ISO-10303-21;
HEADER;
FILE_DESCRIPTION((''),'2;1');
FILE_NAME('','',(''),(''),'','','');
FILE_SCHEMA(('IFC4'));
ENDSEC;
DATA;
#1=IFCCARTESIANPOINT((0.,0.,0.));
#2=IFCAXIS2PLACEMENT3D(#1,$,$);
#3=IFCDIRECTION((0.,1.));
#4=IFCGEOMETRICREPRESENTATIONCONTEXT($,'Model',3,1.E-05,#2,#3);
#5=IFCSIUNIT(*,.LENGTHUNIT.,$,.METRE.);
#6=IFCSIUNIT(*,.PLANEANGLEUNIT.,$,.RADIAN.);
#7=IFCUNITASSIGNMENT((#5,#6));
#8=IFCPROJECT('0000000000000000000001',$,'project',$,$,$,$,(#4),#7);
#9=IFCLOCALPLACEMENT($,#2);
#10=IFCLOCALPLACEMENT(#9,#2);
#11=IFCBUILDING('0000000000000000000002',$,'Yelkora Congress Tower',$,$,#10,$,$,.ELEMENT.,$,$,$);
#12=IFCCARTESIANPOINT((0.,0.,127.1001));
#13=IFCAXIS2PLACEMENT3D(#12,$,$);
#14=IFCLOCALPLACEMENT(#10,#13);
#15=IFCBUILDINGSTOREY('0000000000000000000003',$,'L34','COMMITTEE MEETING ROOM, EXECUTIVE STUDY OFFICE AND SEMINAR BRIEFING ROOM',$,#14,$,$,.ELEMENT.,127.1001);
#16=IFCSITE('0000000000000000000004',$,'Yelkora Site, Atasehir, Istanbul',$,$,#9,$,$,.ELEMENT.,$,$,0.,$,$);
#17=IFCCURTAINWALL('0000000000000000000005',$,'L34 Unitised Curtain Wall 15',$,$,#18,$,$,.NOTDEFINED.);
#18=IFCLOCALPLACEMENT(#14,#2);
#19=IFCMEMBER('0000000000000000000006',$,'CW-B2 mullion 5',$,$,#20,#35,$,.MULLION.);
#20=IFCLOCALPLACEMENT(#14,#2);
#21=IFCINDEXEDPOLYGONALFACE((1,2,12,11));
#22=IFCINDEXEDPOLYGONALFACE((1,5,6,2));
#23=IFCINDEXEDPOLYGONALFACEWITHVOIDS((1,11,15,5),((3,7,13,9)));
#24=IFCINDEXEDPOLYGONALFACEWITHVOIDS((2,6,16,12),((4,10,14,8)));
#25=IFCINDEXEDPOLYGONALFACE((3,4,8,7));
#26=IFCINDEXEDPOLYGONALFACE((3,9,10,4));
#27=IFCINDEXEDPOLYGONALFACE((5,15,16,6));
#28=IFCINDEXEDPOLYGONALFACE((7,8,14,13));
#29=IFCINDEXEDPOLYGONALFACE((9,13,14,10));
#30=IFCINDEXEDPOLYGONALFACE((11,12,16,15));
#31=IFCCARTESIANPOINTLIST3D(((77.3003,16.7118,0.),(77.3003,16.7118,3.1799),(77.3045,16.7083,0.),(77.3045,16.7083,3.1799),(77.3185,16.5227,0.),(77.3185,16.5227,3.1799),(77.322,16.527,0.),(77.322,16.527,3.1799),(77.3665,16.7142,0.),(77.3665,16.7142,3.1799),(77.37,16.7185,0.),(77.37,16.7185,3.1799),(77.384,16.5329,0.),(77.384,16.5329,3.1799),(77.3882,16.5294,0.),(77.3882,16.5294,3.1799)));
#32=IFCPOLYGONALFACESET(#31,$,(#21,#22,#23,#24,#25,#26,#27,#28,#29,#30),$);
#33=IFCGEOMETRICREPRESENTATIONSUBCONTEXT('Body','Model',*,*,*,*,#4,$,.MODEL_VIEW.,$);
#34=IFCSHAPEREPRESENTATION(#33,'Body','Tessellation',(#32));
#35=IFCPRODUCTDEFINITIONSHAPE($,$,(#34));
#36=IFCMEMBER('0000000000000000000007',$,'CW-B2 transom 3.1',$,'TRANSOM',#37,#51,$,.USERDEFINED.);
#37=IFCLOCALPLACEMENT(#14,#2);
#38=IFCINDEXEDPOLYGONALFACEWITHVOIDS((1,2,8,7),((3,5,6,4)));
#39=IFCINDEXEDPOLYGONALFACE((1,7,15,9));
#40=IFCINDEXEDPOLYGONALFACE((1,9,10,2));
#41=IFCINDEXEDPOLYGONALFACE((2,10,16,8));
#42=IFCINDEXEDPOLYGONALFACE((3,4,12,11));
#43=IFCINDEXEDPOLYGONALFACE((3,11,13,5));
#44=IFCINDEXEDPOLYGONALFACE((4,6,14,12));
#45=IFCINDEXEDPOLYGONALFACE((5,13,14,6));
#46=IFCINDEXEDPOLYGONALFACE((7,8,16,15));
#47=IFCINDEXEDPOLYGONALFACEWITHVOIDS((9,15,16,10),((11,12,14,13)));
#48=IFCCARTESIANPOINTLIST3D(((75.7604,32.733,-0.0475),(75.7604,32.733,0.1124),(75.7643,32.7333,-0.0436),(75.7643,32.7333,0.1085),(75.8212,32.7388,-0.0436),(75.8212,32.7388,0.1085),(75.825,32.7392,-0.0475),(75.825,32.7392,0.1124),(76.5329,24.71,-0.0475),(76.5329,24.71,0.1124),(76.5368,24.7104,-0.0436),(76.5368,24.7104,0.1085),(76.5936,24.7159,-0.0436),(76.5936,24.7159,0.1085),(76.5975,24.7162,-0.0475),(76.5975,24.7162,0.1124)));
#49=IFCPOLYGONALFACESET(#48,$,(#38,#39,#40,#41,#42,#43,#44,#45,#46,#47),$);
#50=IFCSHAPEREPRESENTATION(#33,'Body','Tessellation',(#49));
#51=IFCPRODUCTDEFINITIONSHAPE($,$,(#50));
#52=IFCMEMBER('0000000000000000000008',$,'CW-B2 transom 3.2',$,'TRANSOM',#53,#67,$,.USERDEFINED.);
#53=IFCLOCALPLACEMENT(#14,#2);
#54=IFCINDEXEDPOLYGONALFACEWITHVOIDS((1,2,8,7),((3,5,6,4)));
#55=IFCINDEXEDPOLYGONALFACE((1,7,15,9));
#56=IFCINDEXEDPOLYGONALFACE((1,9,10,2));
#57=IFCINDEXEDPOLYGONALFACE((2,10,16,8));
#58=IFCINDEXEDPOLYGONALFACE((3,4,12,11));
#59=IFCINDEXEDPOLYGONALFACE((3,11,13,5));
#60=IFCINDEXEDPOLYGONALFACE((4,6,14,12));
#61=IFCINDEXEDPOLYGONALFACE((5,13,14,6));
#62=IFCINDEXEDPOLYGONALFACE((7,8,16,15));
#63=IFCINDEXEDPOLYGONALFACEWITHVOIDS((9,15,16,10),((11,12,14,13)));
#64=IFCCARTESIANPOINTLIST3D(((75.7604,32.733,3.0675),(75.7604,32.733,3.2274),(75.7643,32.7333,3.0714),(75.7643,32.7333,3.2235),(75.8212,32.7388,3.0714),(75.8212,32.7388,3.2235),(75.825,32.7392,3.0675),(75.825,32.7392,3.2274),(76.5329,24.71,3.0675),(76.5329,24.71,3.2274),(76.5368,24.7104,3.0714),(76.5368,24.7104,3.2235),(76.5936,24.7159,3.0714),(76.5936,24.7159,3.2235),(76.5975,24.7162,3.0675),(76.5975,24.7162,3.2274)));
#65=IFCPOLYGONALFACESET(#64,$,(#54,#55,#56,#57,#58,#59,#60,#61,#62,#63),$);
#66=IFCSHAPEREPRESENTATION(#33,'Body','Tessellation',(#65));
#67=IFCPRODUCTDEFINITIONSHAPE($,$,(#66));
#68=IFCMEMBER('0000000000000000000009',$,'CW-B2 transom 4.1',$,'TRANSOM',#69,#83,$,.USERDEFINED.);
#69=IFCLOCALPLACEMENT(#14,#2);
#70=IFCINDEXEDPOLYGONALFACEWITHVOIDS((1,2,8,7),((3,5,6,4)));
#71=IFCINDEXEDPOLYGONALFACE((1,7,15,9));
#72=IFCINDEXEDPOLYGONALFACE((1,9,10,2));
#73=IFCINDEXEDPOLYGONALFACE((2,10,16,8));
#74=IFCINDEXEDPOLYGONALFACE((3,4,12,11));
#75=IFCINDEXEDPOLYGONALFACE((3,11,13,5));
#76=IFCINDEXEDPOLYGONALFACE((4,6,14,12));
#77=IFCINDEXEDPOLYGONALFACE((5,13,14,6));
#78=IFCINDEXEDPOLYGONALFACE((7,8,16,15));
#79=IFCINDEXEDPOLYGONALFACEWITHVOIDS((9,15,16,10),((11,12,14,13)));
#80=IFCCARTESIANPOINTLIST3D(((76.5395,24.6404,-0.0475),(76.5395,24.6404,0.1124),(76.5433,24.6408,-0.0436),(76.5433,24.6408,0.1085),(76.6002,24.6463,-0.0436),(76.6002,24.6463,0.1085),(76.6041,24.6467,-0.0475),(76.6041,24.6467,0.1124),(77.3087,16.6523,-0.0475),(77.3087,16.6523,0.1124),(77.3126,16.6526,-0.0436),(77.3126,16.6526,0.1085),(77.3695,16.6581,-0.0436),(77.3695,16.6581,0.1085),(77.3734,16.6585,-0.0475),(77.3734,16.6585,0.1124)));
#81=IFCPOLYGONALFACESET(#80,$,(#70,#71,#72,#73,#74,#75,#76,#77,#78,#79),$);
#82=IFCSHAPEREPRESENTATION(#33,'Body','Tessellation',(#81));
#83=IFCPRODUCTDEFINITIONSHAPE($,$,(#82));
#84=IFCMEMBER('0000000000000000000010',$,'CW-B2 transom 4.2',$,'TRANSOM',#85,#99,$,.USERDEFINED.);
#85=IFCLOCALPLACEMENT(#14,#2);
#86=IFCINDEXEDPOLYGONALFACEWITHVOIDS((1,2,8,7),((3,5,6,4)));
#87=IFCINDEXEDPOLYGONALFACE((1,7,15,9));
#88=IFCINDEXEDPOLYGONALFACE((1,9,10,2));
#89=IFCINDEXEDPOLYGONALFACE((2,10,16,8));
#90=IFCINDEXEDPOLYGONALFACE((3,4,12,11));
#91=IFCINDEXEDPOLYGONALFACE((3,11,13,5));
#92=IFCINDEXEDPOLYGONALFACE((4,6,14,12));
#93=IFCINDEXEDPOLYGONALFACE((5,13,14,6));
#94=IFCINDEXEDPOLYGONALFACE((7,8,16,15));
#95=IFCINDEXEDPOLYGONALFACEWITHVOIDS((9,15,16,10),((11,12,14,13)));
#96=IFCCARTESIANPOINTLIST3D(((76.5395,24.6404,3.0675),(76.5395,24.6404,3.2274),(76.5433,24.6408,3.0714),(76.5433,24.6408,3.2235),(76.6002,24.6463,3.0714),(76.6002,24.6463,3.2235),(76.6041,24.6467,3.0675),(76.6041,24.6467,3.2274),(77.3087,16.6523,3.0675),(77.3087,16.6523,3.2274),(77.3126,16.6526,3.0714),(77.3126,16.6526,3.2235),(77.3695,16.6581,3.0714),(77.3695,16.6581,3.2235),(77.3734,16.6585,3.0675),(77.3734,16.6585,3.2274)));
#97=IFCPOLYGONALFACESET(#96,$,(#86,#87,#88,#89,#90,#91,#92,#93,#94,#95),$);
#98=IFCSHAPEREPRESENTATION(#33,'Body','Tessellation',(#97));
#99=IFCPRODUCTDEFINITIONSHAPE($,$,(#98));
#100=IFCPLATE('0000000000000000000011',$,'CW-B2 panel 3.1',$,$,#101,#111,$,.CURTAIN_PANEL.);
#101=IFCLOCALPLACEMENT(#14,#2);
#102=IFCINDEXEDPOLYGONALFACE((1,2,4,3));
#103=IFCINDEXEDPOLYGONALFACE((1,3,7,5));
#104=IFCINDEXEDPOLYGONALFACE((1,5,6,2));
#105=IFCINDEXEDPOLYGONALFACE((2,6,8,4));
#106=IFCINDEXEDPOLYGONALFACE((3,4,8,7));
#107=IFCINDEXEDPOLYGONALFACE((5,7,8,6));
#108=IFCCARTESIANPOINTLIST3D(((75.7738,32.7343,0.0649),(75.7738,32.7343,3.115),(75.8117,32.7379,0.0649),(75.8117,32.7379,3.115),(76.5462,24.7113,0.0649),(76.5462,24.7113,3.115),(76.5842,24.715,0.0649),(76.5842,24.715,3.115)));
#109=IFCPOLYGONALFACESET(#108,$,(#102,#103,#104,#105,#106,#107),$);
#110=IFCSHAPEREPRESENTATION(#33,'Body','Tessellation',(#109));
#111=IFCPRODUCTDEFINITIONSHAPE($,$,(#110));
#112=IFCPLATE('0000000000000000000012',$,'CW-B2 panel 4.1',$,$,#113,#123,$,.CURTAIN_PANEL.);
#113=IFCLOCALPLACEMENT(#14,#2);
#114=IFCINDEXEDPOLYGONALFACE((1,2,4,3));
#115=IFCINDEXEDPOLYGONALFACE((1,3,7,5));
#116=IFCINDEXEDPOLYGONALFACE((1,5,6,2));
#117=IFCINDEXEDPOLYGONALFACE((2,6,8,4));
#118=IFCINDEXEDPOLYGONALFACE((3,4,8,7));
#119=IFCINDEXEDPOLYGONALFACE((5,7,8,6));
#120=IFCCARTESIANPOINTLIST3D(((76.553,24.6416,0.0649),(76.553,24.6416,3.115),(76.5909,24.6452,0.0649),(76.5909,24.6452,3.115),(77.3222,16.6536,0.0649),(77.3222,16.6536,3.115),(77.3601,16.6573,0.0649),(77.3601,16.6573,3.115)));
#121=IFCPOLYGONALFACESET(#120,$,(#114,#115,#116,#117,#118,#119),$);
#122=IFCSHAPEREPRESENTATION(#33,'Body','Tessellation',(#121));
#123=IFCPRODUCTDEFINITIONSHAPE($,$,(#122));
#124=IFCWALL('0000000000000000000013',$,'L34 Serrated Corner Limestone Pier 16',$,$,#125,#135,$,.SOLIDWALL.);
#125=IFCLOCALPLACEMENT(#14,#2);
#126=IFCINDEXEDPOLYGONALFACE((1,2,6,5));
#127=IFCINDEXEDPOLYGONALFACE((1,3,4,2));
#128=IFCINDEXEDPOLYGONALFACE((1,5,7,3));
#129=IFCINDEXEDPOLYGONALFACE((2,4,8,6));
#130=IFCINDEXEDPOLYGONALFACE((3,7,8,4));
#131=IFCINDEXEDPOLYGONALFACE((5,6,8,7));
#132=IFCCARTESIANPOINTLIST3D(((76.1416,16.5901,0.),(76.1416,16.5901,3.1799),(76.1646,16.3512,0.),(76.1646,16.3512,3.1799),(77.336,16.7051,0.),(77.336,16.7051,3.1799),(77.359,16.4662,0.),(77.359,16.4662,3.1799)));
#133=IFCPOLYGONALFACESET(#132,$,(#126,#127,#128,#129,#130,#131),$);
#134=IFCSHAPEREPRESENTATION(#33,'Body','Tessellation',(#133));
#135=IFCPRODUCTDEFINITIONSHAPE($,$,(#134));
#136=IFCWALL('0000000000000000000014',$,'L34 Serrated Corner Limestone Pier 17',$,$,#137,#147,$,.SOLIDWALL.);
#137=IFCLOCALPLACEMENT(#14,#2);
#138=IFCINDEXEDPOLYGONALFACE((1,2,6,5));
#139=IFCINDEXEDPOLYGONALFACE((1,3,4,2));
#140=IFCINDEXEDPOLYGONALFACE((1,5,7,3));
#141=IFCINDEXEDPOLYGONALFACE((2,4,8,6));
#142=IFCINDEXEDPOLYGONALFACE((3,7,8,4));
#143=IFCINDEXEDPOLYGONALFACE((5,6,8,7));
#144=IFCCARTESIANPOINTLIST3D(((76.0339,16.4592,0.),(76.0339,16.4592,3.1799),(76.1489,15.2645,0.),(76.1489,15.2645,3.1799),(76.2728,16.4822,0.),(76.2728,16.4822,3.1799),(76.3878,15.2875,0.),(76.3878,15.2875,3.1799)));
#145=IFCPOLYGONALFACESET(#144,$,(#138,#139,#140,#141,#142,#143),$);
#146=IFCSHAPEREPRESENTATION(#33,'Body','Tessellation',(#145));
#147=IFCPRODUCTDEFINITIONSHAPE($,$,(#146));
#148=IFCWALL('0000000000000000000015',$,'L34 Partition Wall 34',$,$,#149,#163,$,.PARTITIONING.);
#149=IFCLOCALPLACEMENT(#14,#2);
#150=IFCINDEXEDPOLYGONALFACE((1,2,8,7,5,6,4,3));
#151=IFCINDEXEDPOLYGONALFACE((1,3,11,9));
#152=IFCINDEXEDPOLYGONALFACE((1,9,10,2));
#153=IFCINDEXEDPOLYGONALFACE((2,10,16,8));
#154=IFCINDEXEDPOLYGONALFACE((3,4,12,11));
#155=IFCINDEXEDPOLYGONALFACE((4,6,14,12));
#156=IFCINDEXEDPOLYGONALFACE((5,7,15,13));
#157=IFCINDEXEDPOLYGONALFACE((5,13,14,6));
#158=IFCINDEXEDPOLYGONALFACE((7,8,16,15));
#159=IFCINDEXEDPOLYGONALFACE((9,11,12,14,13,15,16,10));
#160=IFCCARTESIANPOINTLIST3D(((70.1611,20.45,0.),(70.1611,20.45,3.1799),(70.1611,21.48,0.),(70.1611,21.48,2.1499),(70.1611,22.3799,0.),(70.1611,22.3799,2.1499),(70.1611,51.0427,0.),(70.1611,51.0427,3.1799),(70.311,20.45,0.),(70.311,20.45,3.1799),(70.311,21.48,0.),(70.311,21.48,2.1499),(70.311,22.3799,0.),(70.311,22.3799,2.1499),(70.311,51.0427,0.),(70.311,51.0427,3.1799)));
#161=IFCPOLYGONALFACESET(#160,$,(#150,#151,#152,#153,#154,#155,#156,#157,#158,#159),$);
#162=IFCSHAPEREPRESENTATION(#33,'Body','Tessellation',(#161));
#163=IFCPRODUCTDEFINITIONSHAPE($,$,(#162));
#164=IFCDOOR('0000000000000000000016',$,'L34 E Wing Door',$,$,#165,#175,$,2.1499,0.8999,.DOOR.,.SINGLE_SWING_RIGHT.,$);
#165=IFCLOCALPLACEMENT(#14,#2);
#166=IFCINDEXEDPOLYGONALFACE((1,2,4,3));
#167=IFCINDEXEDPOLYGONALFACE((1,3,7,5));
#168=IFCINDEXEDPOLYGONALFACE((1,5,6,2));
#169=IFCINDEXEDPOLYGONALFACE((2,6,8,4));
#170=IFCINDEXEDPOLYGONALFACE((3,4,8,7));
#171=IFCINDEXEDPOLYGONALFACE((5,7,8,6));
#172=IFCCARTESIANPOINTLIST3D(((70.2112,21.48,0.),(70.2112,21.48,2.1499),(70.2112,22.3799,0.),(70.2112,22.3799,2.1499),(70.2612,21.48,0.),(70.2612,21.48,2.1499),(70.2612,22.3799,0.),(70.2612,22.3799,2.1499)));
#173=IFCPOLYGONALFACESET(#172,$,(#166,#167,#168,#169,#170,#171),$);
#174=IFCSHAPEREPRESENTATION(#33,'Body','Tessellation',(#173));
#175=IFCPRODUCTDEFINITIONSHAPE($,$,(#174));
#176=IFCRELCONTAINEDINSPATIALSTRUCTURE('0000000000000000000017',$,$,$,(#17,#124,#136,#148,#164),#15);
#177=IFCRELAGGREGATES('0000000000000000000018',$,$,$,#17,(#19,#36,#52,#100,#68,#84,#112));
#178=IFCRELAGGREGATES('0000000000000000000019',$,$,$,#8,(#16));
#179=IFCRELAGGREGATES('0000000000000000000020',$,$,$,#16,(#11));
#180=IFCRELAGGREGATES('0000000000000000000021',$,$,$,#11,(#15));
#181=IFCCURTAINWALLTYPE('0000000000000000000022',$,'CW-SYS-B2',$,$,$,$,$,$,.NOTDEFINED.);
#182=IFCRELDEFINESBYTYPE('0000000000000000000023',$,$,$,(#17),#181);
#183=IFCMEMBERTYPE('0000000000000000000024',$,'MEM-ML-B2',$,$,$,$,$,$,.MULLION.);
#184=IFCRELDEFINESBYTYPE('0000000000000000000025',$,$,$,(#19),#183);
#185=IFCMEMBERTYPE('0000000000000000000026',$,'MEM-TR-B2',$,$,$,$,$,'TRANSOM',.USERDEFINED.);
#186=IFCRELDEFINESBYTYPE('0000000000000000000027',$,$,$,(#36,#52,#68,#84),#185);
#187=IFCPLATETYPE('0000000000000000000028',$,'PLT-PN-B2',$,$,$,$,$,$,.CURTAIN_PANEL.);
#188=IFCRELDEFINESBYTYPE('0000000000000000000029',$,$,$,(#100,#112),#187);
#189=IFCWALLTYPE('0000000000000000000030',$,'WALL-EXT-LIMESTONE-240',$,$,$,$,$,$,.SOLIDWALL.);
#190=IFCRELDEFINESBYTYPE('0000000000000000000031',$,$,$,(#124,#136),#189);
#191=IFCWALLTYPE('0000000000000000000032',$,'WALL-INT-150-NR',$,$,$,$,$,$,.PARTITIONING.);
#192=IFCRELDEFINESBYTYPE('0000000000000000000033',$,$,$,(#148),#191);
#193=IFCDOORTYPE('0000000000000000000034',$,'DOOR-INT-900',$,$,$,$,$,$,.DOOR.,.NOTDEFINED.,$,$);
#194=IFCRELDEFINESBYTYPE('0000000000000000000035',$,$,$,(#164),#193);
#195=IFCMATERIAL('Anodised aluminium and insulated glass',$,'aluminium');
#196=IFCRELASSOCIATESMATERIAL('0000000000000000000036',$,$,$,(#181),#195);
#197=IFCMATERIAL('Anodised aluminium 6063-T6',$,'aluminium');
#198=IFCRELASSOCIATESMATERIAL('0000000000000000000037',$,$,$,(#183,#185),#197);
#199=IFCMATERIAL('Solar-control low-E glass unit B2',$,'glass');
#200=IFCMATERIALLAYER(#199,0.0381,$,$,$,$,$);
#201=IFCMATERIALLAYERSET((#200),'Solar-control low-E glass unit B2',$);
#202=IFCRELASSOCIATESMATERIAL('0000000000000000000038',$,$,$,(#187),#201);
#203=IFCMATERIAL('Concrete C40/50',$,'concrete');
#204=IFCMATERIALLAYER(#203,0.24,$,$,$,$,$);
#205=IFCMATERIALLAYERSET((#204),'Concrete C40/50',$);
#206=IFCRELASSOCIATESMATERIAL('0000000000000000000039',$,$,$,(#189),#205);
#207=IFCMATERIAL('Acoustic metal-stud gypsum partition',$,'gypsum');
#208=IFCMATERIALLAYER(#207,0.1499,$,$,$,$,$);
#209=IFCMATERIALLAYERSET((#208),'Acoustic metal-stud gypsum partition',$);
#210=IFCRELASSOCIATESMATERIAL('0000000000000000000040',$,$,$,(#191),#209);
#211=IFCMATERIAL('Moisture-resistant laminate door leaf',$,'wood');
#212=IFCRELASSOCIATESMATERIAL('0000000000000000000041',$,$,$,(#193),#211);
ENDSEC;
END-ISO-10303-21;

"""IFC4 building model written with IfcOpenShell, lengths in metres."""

from ifc_helpers import new_model, si_unit, direction, frame, frame_2d, origin, origin_2d, place, context, subcontext, project, spatial, rectangle, hollow_rectangle, extrude, material, layer, layer_set, material_profile, profile_set, type_object, element, fill, aggregate, save


model = new_model("IFC4")

# Units and contexts
model_context = context("Model", 3, precision=1e-05, world=origin(), true_north=direction((0.0, 1.0)))
body_context = subcontext(model_context, "Body", "Model", "MODEL_VIEW")
ifc_project = project(units=[si_unit("LENGTHUNIT", "METRE"), si_unit("PLANEANGLEUNIT", "RADIAN")], contexts=[model_context])

# Site, building, storey
site_placement = place(None, origin())
site = spatial("IfcSite", under=ifc_project, at=site_placement, Name="Yelkora Site, Atasehir, Istanbul", CompositionType="ELEMENT", RefElevation=0.0)
building_placement = place(site_placement, origin())
building = spatial("IfcBuilding", under=site, at=building_placement, Name="Yelkora Congress Tower", CompositionType="ELEMENT")
storey_placement = place(building_placement, frame((0.0, 0.0, 127.1001)))
storey = spatial("IfcBuildingStorey", under=building, at=storey_placement, Name="L34", Description="COMMITTEE MEETING ROOM, EXECUTIVE STUDY OFFICE AND SEMINAR BRIEFING ROOM", CompositionType="ELEMENT", Elevation=127.1001)

# Curtain wall, members, plates
ifc_material_1 = material(Name="Anodised aluminium and insulated glass", Category="aluminium")
curtain_wall_type = type_object("IfcCurtainWallType", Name="CW-SYS-B2", PredefinedType="NOTDEFINED", material=ifc_material_1)
curtain_wall_placement = place(storey_placement, origin())
curtain_wall = element("IfcCurtainWall", 1, at=curtain_wall_placement, inside=storey, type_object=curtain_wall_type, Name="L34 Unitised Curtain Wall 15", PredefinedType="NOTDEFINED")
ifc_material_2 = material(Name="Anodised aluminium 6063-T6", Category="aluminium")
ifc_material_profile_1 = material_profile(ifc_material_2, hollow_rectangle(XDim=0.0701, YDim=0.1899, WallThickness=0.0039, at=origin_2d()), Name="ALU 70x190x4")
ifc_profile_set_1 = profile_set([ifc_material_profile_1], Name="Anodised aluminium 6063-T6")
member_type_1 = type_object("IfcMemberType", Name="MEM-ML-B2", PredefinedType="MULLION", material=ifc_profile_set_1)
member_1_placement = place(storey_placement, frame((77.3442, 16.6206, 0.0), z_axis=(0.0, 0.0, 1.0), x_axis=(0.995397, 0.095843, 0.0)))
member_1 = element("IfcMember", 2, at=member_1_placement, type_object=member_type_1, Name="CW-B2 mullion 5", PredefinedType="MULLION", context=body_context, shape_type="SweptSolid", body=[
    extrude(hollow_rectangle(XDim=0.0701, YDim=0.1899, WallThickness=0.0039, at=origin_2d()), origin(), (0.0, 0.0, 1.0), 3.1799),
])
ifc_material_profile_2 = material_profile(ifc_material_2, hollow_rectangle(XDim=0.0649, YDim=0.1599, WallThickness=0.0039, at=origin_2d()), Name="ALU 65x160x4")
ifc_profile_set_2 = profile_set([ifc_material_profile_2], Name="Anodised aluminium 6063-T6")
member_type_2 = type_object("IfcMemberType", Name="MEM-TR-B2", ElementType="TRANSOM", PredefinedType="USERDEFINED", material=ifc_profile_set_2)
member_2_placement = place(storey_placement, frame((75.7927, 32.7361, 0.0325), z_axis=(0.095838, -0.995397, 0.0), x_axis=(0.995397, 0.095838, 0.0)))
member_2 = element("IfcMember", 3, at=member_2_placement, type_object=member_type_2, Name="CW-B2 transom 3.1", ObjectType="TRANSOM", PredefinedType="USERDEFINED", context=body_context, shape_type="SweptSolid", body=[
    extrude(hollow_rectangle(XDim=0.0649, YDim=0.1599, WallThickness=0.0039, at=origin_2d()), origin(), (0.0, 0.0, 1.0), 8.0601),
])
member_3_placement = place(storey_placement, frame((75.7927, 32.7361, 3.1475), z_axis=(0.095838, -0.995397, 0.0), x_axis=(0.995397, 0.095838, 0.0)))
member_3 = element("IfcMember", 4, at=member_3_placement, type_object=member_type_2, Name="CW-B2 transom 3.2", ObjectType="TRANSOM", PredefinedType="USERDEFINED", context=body_context, shape_type="SweptSolid", body=[
    extrude(hollow_rectangle(XDim=0.0649, YDim=0.1599, WallThickness=0.0039, at=origin_2d()), origin(), (0.0, 0.0, 1.0), 8.0601),
])
member_4_placement = place(storey_placement, frame((76.5718, 24.6436, 0.0325), z_axis=(0.095858, -0.995395, 0.0), x_axis=(0.995395, 0.095858, 0.0)))
member_4 = element("IfcMember", 5, at=member_4_placement, type_object=member_type_2, Name="CW-B2 transom 4.1", ObjectType="TRANSOM", PredefinedType="USERDEFINED", context=body_context, shape_type="SweptSolid", body=[
    extrude(hollow_rectangle(XDim=0.0649, YDim=0.1599, WallThickness=0.0039, at=origin_2d()), origin(), (0.0, 0.0, 1.0), 8.0251),
])
member_5_placement = place(storey_placement, frame((76.5718, 24.6436, 3.1475), z_axis=(0.095858, -0.995395, 0.0), x_axis=(0.995395, 0.095858, 0.0)))
member_5 = element("IfcMember", 6, at=member_5_placement, type_object=member_type_2, Name="CW-B2 transom 4.2", ObjectType="TRANSOM", PredefinedType="USERDEFINED", context=body_context, shape_type="SweptSolid", body=[
    extrude(hollow_rectangle(XDim=0.0649, YDim=0.1599, WallThickness=0.0039, at=origin_2d()), origin(), (0.0, 0.0, 1.0), 8.0251),
])
ifc_material_3 = material(Name="Solar-control low-E glass unit B2", Category="glass")
ifc_layer_1 = layer(ifc_material_3, 0.0381)
ifc_layer_set_1 = layer_set([ifc_layer_1], Name="Solar-control low-E glass unit B2")
plate_type = type_object("IfcPlateType", Name="PLT-PN-B2", PredefinedType="CURTAIN_PANEL", material=ifc_layer_set_1)
plate_1_placement = place(storey_placement, frame((76.179, 28.7246, 0.0649), z_axis=(0.0, 0.0, 1.0), x_axis=(0.095843, -0.995397, 0.0)))
plate_1 = element("IfcPlate", 7, at=plate_1_placement, type_object=plate_type, Name="CW-B2 panel 3.1", PredefinedType="CURTAIN_PANEL", context=body_context, shape_type="SweptSolid", body=[
    extrude(rectangle(XDim=8.0601, YDim=0.0381, at=origin_2d()), origin(), (0.0, 0.0, 1.0), 3.05),
])
plate_2_placement = place(storey_placement, frame((76.9565, 20.6494, 0.0649), z_axis=(0.0, 0.0, 1.0), x_axis=(0.095843, -0.995397, 0.0)))
plate_2 = element("IfcPlate", 8, at=plate_2_placement, type_object=plate_type, Name="CW-B2 panel 4.1", PredefinedType="CURTAIN_PANEL", context=body_context, shape_type="SweptSolid", body=[
    extrude(rectangle(XDim=8.0249, YDim=0.0381, at=origin_2d()), origin(), (0.0, 0.0, 1.0), 3.05),
])
aggregate(curtain_wall, [member_1, member_2, member_3, plate_1, member_4, member_5, plate_2])

# Walls
ifc_material_4 = material(Name="Concrete C40/50", Category="concrete")
ifc_layer_2 = layer(ifc_material_4, 0.24)
ifc_layer_set_2 = layer_set([ifc_layer_2], Name="Concrete C40/50")
wall_type_1 = type_object("IfcWallType", Name="WALL-EXT-LIMESTONE-240", PredefinedType="SOLIDWALL", material=ifc_layer_set_2)
wall_1_placement = place(storey_placement, frame((77.3477, 16.5857, 0.0), z_axis=(0.0, 0.0, 1.0), x_axis=(-0.995397, -0.095836, 0.0)))
element("IfcWall", 9, at=wall_1_placement, inside=storey, type_object=wall_type_1, Name="L34 Serrated Corner Limestone Pier 16", PredefinedType="SOLIDWALL", context=body_context, shape_type="SweptSolid", body=[
    extrude(rectangle(XDim=1.2, YDim=0.24, at=frame_2d((0.6001, 0.0))), origin(), (0.0, 0.0, 1.0), 3.1799),
])
wall_2_placement = place(storey_placement, frame((76.1533, 16.4707, 0.0), z_axis=(0.0, 0.0, 1.0), x_axis=(0.095817, -0.995399, 0.0)))
element("IfcWall", 10, at=wall_2_placement, inside=storey, type_object=wall_type_1, Name="L34 Serrated Corner Limestone Pier 17", PredefinedType="SOLIDWALL", context=body_context, shape_type="SweptSolid", body=[
    extrude(rectangle(XDim=1.2002, YDim=0.24, at=frame_2d((0.6001, 0.0))), origin(), (0.0, 0.0, 1.0), 3.1799),
])

# Wall, opening, door
ifc_material_5 = material(Name="Acoustic metal-stud gypsum partition", Category="gypsum")
ifc_layer_3 = layer(ifc_material_5, 0.1499)
ifc_layer_set_3 = layer_set([ifc_layer_3], Name="Acoustic metal-stud gypsum partition")
wall_type_2 = type_object("IfcWallType", Name="WALL-INT-150-NR", PredefinedType="PARTITIONING", material=ifc_layer_set_3)
wall_3_placement = place(storey_placement, frame((70.2361, 20.45, 0.0), z_axis=(0.0, 0.0, 1.0), x_axis=(0.0, 1.0, 0.0)))
wall_3 = element("IfcWall", 11, at=wall_3_placement, inside=storey, type_object=wall_type_2, Name="L34 Partition Wall 34", PredefinedType="PARTITIONING", context=body_context, shape_type="SweptSolid", body=[
    extrude(rectangle(XDim=30.5928, YDim=0.1499, at=frame_2d((15.2964, 0.0))), origin(), (0.0, 0.0, 1.0), 3.1799),
])
opening_placement = place(wall_3_placement, frame((1.03, 0.0, 0.0)))
opening = element("IfcOpeningElement", 12, at=opening_placement, cuts=wall_3, PredefinedType="OPENING", context=body_context, shape_type="SweptSolid", body=[
    extrude(rectangle(XDim=0.8999, YDim=2.1499, at=frame_2d((0.45, 1.075))), frame((0.0, 0.085, 0.0), z_axis=(0.0, -1.0, 0.0), x_axis=(1.0, 0.0, 0.0)), (0.0, 0.0, 1.0), 0.1699),
])
ifc_material_6 = material(Name="Moisture-resistant laminate door leaf", Category="wood")
door_type = type_object("IfcDoorType", Name="DOOR-INT-900", OperationType="NOTDEFINED", PredefinedType="DOOR", material=ifc_material_6)
door_placement = place(opening_placement, origin())
door = element("IfcDoor", 13, at=door_placement, inside=storey, type_object=door_type, Name="L34 E Wing Door", OperationType="SINGLE_SWING_RIGHT", OverallHeight=2.1499, OverallWidth=0.8999, PredefinedType="DOOR", context=body_context, shape_type="SweptSolid", body=[
    extrude(rectangle(XDim=0.8999, YDim=2.1499, at=frame_2d((0.45, 1.075))), frame((0.0, 0.0249, 0.0), z_axis=(0.0, -1.0, 0.0), x_axis=(1.0, 0.0, 0.0)), (0.0, 0.0, 1.0), 0.05),
])
fill(opening, door)

save(model, "model.ifc")
